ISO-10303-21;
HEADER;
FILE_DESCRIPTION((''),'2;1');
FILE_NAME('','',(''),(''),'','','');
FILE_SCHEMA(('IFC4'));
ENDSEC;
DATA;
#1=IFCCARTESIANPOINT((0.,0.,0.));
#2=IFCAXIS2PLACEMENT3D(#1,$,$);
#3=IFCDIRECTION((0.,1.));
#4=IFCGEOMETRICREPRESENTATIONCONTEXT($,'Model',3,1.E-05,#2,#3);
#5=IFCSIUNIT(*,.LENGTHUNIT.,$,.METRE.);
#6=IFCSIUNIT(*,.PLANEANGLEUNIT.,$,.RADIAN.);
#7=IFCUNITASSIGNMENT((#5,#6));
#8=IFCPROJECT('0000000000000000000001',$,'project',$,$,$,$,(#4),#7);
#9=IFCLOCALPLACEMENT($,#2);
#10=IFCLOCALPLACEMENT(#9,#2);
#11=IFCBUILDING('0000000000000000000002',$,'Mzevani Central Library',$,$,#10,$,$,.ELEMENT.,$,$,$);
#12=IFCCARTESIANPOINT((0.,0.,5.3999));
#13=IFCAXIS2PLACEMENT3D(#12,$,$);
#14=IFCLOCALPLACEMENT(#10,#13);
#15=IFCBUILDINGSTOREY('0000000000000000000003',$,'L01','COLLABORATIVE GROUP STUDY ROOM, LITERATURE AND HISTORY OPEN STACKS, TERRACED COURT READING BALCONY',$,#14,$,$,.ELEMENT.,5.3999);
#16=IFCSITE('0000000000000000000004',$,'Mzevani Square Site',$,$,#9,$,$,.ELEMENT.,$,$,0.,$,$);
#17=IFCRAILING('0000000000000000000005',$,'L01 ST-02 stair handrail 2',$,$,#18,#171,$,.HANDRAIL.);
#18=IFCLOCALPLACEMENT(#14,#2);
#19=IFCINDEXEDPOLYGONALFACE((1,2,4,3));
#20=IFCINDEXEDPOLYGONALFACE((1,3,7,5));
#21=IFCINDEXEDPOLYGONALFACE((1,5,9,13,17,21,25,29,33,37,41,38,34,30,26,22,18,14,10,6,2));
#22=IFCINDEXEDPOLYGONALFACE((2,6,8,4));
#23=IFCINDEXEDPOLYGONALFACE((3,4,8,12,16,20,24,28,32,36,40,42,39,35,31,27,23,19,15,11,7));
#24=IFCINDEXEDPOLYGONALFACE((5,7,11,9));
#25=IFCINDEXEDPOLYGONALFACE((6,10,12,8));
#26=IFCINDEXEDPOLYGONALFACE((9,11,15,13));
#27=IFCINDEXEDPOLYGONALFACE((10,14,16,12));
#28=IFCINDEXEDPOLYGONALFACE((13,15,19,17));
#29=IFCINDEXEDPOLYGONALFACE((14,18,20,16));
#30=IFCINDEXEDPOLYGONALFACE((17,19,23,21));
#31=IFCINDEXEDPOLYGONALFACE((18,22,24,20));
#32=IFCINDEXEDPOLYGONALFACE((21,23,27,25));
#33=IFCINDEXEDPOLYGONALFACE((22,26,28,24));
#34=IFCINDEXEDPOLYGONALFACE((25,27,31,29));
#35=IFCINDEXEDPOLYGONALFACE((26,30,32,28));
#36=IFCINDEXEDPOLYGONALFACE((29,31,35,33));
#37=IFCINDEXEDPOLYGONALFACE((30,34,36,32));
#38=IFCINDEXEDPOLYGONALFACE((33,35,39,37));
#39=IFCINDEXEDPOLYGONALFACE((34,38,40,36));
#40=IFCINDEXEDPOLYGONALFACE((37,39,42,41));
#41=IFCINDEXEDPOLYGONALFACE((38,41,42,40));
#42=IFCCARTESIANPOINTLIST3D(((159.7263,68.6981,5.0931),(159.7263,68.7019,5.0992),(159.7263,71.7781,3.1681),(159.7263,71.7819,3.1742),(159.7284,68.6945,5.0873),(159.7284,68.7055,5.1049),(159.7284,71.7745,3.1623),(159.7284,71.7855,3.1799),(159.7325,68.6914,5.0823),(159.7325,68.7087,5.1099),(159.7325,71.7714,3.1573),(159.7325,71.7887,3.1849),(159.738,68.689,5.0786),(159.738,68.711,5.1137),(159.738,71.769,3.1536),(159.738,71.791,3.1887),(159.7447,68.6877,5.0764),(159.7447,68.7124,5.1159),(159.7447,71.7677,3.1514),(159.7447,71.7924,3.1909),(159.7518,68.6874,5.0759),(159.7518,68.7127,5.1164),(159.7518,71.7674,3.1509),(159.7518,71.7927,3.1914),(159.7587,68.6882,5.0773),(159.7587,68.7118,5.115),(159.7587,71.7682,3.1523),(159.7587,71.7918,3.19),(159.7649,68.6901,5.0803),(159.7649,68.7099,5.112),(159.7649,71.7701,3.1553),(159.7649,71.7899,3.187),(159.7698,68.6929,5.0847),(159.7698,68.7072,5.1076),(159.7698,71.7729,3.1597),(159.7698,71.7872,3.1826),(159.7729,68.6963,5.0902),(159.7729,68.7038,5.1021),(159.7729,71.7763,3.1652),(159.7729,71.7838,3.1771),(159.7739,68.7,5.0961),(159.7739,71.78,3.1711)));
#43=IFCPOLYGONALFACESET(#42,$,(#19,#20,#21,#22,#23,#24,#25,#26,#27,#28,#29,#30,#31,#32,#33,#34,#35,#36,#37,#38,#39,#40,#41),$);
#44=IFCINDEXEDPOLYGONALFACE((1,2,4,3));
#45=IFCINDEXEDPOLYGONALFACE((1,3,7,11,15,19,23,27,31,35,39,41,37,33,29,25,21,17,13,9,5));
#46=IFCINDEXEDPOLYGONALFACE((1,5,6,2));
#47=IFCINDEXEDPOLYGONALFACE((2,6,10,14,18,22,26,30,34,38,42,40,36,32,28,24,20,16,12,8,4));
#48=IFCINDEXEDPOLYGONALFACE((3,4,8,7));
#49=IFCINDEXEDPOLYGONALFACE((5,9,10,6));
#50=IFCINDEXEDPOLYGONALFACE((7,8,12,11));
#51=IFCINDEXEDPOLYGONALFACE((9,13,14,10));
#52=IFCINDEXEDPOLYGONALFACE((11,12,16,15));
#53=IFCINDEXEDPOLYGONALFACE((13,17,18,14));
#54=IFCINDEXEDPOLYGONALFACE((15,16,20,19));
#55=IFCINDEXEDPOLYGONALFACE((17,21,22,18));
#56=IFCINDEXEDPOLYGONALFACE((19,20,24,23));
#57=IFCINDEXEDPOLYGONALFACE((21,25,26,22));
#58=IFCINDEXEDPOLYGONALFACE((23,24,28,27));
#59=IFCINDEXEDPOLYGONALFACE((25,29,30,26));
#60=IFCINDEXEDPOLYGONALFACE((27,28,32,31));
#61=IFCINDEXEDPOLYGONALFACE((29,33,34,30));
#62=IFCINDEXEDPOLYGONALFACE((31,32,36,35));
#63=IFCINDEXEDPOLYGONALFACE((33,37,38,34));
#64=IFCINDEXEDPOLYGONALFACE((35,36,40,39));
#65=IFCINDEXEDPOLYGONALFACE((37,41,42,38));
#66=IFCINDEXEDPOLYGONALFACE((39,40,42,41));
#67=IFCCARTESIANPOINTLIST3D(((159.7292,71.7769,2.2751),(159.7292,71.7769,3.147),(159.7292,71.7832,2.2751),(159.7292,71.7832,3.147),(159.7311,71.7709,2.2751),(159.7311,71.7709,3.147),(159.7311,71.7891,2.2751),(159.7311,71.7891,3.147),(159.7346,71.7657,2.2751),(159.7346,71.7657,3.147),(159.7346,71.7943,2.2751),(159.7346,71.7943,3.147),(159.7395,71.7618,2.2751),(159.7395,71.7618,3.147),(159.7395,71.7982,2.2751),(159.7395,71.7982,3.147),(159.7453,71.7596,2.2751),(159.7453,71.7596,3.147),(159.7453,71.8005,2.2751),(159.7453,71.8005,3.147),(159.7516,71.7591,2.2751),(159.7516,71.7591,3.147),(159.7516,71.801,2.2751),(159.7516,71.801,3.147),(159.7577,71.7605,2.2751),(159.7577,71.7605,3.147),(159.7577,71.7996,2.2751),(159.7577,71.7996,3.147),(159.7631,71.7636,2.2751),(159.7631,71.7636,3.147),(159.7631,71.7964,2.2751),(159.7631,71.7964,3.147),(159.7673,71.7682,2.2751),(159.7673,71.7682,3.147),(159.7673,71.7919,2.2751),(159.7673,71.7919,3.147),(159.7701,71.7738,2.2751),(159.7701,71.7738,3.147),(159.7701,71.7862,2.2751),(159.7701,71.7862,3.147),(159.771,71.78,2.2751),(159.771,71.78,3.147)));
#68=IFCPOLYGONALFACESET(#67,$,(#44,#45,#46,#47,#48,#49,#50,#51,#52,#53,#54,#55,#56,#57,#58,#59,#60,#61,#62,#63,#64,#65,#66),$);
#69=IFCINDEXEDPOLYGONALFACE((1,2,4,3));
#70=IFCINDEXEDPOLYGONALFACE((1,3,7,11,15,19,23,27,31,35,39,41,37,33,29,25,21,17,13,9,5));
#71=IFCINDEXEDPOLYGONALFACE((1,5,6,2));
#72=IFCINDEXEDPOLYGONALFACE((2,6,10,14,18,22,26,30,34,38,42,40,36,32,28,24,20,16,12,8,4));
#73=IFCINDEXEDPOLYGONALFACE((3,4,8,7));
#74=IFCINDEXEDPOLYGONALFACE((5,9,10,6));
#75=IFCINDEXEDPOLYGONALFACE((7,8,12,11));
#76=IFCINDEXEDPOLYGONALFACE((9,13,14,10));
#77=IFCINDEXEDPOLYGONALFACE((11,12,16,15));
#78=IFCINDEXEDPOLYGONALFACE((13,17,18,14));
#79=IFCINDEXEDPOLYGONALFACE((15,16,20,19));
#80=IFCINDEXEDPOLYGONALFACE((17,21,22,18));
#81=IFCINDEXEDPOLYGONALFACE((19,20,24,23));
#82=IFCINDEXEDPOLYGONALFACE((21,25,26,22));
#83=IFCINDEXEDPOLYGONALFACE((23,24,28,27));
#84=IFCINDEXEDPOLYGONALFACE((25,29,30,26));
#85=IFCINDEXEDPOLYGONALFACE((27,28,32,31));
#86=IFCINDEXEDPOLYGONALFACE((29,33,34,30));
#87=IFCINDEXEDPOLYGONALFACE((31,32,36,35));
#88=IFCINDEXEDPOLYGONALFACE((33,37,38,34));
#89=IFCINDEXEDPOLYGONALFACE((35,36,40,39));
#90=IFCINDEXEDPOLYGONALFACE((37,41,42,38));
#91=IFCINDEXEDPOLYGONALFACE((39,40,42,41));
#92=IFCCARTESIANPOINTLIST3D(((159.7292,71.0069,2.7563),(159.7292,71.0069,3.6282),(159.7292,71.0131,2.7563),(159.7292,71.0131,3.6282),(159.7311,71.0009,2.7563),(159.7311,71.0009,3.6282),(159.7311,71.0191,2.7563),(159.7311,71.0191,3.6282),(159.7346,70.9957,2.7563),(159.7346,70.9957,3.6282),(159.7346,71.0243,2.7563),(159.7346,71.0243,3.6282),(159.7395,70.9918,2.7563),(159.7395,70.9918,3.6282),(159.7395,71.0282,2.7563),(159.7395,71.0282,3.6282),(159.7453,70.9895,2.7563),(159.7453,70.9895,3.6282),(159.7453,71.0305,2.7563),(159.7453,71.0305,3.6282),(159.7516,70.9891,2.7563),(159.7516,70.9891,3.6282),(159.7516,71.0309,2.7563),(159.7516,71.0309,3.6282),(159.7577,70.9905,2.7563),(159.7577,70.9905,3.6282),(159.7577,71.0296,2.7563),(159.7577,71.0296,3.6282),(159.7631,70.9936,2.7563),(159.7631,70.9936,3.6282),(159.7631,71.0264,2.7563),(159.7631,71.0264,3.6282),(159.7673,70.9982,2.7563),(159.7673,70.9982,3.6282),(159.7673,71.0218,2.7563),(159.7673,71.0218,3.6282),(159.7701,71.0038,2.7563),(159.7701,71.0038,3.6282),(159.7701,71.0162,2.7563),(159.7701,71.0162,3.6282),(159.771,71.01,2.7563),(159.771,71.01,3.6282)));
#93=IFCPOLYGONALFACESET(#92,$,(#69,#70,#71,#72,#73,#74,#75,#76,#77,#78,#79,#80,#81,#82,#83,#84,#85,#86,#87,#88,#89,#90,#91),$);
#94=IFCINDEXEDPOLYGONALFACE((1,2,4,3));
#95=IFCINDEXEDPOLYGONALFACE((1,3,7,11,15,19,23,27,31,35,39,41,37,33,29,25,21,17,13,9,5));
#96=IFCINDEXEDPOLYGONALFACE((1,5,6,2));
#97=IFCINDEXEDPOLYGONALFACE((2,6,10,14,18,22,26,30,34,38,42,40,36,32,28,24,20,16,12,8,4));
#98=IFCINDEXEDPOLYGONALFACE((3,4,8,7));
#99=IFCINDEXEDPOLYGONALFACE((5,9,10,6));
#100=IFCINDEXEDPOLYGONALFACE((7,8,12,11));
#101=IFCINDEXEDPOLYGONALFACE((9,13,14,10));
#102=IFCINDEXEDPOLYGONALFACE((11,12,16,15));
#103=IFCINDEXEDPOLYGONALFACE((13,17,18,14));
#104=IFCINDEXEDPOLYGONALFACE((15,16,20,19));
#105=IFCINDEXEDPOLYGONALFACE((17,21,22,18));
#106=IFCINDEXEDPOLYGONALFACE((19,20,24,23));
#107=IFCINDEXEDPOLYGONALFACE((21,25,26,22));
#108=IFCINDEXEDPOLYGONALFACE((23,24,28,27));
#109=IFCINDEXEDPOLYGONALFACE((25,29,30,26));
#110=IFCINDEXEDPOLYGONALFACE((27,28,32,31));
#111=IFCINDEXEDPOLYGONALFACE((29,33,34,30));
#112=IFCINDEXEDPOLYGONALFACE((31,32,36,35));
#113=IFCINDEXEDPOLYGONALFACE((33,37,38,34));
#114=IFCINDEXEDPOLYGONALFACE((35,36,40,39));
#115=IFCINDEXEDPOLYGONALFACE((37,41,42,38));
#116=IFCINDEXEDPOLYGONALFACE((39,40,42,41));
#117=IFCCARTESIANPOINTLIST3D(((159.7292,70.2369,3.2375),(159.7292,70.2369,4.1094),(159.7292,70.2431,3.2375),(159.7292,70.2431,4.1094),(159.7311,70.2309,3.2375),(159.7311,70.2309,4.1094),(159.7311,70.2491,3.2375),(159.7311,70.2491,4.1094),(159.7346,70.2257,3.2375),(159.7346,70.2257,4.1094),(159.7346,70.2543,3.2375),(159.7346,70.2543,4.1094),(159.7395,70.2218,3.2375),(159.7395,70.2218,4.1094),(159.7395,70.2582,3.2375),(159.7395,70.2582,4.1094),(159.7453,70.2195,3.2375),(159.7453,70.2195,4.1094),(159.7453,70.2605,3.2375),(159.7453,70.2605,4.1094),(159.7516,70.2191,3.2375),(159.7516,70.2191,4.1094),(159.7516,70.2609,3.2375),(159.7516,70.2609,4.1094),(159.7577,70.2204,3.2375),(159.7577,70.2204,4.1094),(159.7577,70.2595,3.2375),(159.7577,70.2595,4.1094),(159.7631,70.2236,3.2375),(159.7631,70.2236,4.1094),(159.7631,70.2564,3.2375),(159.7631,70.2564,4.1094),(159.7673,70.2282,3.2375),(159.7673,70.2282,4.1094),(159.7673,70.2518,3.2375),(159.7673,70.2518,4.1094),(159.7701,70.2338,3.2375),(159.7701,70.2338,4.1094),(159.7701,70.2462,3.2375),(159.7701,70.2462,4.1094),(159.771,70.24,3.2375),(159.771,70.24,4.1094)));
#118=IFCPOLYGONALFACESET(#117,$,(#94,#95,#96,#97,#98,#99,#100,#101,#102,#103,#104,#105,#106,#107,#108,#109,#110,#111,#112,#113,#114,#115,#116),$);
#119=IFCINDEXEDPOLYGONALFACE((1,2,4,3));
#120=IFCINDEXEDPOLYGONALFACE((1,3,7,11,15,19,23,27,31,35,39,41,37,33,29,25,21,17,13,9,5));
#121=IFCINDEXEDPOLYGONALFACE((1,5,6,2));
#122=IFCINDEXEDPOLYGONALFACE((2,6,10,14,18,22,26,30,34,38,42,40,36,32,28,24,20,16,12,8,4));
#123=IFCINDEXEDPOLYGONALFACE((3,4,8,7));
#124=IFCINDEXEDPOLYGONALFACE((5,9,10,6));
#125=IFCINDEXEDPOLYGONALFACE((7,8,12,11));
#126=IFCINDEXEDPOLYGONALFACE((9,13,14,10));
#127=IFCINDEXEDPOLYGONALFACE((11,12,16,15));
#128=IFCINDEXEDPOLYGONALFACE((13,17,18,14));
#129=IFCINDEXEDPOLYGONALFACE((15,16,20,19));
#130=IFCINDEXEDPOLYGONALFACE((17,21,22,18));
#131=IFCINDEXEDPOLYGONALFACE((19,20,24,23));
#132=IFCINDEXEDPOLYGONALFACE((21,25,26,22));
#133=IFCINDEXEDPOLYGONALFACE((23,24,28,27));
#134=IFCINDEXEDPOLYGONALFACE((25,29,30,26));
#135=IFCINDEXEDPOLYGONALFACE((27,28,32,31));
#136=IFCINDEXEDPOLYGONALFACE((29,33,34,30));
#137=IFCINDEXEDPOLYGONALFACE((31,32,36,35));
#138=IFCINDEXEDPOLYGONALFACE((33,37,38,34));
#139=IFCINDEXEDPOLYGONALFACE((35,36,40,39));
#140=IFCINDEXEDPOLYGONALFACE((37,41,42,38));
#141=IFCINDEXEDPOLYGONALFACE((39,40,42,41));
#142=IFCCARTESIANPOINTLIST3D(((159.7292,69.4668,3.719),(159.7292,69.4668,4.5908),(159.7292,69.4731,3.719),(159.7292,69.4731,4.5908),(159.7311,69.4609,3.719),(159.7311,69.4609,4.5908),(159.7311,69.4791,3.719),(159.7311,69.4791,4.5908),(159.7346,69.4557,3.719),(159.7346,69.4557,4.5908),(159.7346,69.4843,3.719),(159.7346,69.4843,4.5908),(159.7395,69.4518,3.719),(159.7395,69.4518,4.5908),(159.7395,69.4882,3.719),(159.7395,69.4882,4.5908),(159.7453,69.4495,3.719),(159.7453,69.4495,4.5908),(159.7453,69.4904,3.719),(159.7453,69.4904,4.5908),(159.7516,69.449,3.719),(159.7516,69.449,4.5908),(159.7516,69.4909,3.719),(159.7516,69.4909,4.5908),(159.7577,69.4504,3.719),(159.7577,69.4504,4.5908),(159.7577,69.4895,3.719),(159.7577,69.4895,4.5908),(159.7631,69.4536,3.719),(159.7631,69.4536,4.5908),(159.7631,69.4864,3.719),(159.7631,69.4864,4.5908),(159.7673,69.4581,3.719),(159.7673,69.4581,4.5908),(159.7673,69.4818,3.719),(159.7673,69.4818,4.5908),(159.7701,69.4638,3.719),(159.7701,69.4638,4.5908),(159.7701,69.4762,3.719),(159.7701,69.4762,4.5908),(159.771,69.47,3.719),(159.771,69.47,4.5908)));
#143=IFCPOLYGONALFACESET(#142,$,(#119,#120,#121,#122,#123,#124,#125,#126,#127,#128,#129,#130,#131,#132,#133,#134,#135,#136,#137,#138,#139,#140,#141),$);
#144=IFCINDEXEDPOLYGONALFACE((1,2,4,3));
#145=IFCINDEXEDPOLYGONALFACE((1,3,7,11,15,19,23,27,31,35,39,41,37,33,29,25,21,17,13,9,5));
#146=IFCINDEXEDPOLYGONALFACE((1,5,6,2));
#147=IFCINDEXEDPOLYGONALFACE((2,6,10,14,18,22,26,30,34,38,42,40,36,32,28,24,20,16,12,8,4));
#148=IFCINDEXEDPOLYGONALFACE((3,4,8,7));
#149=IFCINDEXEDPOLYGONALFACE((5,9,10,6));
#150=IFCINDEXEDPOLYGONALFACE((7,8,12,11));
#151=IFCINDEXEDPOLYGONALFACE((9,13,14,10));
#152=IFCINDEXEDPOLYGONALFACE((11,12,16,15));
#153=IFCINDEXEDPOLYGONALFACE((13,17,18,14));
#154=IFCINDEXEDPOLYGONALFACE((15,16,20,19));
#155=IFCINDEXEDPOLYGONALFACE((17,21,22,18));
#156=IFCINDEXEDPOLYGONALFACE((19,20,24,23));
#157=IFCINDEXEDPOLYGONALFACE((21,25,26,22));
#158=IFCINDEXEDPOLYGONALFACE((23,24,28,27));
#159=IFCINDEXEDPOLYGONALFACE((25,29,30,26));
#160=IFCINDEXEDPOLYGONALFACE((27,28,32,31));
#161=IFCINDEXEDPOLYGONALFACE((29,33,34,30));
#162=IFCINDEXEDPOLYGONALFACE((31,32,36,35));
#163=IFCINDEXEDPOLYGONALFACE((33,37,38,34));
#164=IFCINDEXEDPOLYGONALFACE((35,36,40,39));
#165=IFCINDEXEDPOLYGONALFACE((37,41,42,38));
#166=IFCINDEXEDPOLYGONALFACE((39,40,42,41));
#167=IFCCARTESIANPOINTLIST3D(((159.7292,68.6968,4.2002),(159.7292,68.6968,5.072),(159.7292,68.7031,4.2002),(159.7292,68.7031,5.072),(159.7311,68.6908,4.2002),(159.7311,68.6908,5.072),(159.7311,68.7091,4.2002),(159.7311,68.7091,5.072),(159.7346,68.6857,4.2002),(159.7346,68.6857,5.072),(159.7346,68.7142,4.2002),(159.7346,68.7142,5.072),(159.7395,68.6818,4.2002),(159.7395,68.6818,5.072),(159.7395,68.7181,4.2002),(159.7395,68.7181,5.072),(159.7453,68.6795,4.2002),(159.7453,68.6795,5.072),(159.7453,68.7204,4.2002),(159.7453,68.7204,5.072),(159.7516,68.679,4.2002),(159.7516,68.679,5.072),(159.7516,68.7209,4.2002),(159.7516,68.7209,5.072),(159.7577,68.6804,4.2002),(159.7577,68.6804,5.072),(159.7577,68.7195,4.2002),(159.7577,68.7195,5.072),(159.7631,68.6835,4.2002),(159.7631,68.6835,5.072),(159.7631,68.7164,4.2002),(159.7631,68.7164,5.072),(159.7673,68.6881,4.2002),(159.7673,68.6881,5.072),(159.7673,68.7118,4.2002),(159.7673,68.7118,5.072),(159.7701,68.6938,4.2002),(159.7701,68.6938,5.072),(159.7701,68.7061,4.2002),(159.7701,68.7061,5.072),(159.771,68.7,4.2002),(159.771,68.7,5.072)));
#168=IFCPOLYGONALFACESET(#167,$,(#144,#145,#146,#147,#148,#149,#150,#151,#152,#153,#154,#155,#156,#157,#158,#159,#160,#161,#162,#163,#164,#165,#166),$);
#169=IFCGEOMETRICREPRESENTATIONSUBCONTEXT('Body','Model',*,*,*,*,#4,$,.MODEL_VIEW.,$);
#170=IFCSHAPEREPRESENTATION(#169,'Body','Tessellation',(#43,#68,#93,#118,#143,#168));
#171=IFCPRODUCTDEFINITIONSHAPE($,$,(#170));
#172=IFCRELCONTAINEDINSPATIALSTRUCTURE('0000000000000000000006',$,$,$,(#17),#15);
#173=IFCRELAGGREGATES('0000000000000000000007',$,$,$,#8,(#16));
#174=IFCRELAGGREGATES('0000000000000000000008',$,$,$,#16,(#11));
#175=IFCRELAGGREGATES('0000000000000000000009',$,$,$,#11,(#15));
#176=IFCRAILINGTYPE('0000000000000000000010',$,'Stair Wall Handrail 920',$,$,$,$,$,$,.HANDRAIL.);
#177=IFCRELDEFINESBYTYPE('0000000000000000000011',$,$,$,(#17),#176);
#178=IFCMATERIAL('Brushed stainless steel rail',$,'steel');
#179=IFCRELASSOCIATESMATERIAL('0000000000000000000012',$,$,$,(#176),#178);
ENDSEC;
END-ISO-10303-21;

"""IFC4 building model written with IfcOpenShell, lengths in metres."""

from ifc_helpers import new_model, si_unit, direction, frame, origin, origin_2d, place, context, subcontext, project, spatial, circle, extrude, material, type_object, element, save


model = new_model("IFC4")

# Units and contexts
model_context = context("Model", 3, precision=1e-05, world=origin(), true_north=direction((0.0, 1.0)))
body_context = subcontext(model_context, "Body", "Model", "MODEL_VIEW")
ifc_project = project(units=[si_unit("LENGTHUNIT", "METRE"), si_unit("PLANEANGLEUNIT", "RADIAN")], contexts=[model_context])

# Site, building, storey
site_placement = place(None, origin())
site = spatial("IfcSite", under=ifc_project, at=site_placement, Name="Mzevani Square Site", CompositionType="ELEMENT", RefElevation=0.0)
building_placement = place(site_placement, origin())
building = spatial("IfcBuilding", under=site, at=building_placement, Name="Mzevani Central Library", CompositionType="ELEMENT")
storey_placement = place(building_placement, frame((0.0, 0.0, 5.3999)))
storey = spatial("IfcBuildingStorey", under=building, at=storey_placement, Name="L01", Description="COLLABORATIVE GROUP STUDY ROOM, LITERATURE AND HISTORY OPEN STACKS, TERRACED COURT READING BALCONY", CompositionType="ELEMENT", Elevation=5.3999)

# Shared definitions
ifc_material_1 = material(Name="Brushed stainless steel rail", Category="steel")

# Railing
railing_type_1 = type_object("IfcRailingType", Name="Stair Wall Handrail 920", PredefinedType="HANDRAIL", material=ifc_material_1)
railing_1_placement = place(storey_placement, frame((159.75, 71.78, 2.2751)))
element("IfcRailing", 1, at=railing_1_placement, inside=storey, type_object=railing_type_1, Name="L01 ST-02 stair handrail 2", PredefinedType="HANDRAIL", context=body_context, shape_type="SweptSolid", body=[
    extrude(circle(Radius=0.0239, at=origin_2d()), frame((0.0, 0.0, 0.896), z_axis=(0.0, -0.847998, 0.529999), x_axis=(1.0, 0.0, 0.0)), (0.0, 0.0, 1.0), 3.6321),
    extrude(circle(Radius=0.021, at=origin_2d()), origin(), (0.0, 0.0, 1.0), 0.8718),
    extrude(circle(Radius=0.021, at=origin_2d()), frame((0.0, -0.77, 0.4812)), (0.0, 0.0, 1.0), 0.8718),
    extrude(circle(Radius=0.021, at=origin_2d()), frame((0.0, -1.54, 0.9624)), (0.0, 0.0, 1.0), 0.8718),
    extrude(circle(Radius=0.021, at=origin_2d()), frame((0.0, -2.3101, 1.4438)), (0.0, 0.0, 1.0), 0.8718),
    extrude(circle(Radius=0.021, at=origin_2d()), frame((0.0, -3.0801, 1.925)), (0.0, 0.0, 1.0), 0.8718),
])

save(model, "model.ifc")
